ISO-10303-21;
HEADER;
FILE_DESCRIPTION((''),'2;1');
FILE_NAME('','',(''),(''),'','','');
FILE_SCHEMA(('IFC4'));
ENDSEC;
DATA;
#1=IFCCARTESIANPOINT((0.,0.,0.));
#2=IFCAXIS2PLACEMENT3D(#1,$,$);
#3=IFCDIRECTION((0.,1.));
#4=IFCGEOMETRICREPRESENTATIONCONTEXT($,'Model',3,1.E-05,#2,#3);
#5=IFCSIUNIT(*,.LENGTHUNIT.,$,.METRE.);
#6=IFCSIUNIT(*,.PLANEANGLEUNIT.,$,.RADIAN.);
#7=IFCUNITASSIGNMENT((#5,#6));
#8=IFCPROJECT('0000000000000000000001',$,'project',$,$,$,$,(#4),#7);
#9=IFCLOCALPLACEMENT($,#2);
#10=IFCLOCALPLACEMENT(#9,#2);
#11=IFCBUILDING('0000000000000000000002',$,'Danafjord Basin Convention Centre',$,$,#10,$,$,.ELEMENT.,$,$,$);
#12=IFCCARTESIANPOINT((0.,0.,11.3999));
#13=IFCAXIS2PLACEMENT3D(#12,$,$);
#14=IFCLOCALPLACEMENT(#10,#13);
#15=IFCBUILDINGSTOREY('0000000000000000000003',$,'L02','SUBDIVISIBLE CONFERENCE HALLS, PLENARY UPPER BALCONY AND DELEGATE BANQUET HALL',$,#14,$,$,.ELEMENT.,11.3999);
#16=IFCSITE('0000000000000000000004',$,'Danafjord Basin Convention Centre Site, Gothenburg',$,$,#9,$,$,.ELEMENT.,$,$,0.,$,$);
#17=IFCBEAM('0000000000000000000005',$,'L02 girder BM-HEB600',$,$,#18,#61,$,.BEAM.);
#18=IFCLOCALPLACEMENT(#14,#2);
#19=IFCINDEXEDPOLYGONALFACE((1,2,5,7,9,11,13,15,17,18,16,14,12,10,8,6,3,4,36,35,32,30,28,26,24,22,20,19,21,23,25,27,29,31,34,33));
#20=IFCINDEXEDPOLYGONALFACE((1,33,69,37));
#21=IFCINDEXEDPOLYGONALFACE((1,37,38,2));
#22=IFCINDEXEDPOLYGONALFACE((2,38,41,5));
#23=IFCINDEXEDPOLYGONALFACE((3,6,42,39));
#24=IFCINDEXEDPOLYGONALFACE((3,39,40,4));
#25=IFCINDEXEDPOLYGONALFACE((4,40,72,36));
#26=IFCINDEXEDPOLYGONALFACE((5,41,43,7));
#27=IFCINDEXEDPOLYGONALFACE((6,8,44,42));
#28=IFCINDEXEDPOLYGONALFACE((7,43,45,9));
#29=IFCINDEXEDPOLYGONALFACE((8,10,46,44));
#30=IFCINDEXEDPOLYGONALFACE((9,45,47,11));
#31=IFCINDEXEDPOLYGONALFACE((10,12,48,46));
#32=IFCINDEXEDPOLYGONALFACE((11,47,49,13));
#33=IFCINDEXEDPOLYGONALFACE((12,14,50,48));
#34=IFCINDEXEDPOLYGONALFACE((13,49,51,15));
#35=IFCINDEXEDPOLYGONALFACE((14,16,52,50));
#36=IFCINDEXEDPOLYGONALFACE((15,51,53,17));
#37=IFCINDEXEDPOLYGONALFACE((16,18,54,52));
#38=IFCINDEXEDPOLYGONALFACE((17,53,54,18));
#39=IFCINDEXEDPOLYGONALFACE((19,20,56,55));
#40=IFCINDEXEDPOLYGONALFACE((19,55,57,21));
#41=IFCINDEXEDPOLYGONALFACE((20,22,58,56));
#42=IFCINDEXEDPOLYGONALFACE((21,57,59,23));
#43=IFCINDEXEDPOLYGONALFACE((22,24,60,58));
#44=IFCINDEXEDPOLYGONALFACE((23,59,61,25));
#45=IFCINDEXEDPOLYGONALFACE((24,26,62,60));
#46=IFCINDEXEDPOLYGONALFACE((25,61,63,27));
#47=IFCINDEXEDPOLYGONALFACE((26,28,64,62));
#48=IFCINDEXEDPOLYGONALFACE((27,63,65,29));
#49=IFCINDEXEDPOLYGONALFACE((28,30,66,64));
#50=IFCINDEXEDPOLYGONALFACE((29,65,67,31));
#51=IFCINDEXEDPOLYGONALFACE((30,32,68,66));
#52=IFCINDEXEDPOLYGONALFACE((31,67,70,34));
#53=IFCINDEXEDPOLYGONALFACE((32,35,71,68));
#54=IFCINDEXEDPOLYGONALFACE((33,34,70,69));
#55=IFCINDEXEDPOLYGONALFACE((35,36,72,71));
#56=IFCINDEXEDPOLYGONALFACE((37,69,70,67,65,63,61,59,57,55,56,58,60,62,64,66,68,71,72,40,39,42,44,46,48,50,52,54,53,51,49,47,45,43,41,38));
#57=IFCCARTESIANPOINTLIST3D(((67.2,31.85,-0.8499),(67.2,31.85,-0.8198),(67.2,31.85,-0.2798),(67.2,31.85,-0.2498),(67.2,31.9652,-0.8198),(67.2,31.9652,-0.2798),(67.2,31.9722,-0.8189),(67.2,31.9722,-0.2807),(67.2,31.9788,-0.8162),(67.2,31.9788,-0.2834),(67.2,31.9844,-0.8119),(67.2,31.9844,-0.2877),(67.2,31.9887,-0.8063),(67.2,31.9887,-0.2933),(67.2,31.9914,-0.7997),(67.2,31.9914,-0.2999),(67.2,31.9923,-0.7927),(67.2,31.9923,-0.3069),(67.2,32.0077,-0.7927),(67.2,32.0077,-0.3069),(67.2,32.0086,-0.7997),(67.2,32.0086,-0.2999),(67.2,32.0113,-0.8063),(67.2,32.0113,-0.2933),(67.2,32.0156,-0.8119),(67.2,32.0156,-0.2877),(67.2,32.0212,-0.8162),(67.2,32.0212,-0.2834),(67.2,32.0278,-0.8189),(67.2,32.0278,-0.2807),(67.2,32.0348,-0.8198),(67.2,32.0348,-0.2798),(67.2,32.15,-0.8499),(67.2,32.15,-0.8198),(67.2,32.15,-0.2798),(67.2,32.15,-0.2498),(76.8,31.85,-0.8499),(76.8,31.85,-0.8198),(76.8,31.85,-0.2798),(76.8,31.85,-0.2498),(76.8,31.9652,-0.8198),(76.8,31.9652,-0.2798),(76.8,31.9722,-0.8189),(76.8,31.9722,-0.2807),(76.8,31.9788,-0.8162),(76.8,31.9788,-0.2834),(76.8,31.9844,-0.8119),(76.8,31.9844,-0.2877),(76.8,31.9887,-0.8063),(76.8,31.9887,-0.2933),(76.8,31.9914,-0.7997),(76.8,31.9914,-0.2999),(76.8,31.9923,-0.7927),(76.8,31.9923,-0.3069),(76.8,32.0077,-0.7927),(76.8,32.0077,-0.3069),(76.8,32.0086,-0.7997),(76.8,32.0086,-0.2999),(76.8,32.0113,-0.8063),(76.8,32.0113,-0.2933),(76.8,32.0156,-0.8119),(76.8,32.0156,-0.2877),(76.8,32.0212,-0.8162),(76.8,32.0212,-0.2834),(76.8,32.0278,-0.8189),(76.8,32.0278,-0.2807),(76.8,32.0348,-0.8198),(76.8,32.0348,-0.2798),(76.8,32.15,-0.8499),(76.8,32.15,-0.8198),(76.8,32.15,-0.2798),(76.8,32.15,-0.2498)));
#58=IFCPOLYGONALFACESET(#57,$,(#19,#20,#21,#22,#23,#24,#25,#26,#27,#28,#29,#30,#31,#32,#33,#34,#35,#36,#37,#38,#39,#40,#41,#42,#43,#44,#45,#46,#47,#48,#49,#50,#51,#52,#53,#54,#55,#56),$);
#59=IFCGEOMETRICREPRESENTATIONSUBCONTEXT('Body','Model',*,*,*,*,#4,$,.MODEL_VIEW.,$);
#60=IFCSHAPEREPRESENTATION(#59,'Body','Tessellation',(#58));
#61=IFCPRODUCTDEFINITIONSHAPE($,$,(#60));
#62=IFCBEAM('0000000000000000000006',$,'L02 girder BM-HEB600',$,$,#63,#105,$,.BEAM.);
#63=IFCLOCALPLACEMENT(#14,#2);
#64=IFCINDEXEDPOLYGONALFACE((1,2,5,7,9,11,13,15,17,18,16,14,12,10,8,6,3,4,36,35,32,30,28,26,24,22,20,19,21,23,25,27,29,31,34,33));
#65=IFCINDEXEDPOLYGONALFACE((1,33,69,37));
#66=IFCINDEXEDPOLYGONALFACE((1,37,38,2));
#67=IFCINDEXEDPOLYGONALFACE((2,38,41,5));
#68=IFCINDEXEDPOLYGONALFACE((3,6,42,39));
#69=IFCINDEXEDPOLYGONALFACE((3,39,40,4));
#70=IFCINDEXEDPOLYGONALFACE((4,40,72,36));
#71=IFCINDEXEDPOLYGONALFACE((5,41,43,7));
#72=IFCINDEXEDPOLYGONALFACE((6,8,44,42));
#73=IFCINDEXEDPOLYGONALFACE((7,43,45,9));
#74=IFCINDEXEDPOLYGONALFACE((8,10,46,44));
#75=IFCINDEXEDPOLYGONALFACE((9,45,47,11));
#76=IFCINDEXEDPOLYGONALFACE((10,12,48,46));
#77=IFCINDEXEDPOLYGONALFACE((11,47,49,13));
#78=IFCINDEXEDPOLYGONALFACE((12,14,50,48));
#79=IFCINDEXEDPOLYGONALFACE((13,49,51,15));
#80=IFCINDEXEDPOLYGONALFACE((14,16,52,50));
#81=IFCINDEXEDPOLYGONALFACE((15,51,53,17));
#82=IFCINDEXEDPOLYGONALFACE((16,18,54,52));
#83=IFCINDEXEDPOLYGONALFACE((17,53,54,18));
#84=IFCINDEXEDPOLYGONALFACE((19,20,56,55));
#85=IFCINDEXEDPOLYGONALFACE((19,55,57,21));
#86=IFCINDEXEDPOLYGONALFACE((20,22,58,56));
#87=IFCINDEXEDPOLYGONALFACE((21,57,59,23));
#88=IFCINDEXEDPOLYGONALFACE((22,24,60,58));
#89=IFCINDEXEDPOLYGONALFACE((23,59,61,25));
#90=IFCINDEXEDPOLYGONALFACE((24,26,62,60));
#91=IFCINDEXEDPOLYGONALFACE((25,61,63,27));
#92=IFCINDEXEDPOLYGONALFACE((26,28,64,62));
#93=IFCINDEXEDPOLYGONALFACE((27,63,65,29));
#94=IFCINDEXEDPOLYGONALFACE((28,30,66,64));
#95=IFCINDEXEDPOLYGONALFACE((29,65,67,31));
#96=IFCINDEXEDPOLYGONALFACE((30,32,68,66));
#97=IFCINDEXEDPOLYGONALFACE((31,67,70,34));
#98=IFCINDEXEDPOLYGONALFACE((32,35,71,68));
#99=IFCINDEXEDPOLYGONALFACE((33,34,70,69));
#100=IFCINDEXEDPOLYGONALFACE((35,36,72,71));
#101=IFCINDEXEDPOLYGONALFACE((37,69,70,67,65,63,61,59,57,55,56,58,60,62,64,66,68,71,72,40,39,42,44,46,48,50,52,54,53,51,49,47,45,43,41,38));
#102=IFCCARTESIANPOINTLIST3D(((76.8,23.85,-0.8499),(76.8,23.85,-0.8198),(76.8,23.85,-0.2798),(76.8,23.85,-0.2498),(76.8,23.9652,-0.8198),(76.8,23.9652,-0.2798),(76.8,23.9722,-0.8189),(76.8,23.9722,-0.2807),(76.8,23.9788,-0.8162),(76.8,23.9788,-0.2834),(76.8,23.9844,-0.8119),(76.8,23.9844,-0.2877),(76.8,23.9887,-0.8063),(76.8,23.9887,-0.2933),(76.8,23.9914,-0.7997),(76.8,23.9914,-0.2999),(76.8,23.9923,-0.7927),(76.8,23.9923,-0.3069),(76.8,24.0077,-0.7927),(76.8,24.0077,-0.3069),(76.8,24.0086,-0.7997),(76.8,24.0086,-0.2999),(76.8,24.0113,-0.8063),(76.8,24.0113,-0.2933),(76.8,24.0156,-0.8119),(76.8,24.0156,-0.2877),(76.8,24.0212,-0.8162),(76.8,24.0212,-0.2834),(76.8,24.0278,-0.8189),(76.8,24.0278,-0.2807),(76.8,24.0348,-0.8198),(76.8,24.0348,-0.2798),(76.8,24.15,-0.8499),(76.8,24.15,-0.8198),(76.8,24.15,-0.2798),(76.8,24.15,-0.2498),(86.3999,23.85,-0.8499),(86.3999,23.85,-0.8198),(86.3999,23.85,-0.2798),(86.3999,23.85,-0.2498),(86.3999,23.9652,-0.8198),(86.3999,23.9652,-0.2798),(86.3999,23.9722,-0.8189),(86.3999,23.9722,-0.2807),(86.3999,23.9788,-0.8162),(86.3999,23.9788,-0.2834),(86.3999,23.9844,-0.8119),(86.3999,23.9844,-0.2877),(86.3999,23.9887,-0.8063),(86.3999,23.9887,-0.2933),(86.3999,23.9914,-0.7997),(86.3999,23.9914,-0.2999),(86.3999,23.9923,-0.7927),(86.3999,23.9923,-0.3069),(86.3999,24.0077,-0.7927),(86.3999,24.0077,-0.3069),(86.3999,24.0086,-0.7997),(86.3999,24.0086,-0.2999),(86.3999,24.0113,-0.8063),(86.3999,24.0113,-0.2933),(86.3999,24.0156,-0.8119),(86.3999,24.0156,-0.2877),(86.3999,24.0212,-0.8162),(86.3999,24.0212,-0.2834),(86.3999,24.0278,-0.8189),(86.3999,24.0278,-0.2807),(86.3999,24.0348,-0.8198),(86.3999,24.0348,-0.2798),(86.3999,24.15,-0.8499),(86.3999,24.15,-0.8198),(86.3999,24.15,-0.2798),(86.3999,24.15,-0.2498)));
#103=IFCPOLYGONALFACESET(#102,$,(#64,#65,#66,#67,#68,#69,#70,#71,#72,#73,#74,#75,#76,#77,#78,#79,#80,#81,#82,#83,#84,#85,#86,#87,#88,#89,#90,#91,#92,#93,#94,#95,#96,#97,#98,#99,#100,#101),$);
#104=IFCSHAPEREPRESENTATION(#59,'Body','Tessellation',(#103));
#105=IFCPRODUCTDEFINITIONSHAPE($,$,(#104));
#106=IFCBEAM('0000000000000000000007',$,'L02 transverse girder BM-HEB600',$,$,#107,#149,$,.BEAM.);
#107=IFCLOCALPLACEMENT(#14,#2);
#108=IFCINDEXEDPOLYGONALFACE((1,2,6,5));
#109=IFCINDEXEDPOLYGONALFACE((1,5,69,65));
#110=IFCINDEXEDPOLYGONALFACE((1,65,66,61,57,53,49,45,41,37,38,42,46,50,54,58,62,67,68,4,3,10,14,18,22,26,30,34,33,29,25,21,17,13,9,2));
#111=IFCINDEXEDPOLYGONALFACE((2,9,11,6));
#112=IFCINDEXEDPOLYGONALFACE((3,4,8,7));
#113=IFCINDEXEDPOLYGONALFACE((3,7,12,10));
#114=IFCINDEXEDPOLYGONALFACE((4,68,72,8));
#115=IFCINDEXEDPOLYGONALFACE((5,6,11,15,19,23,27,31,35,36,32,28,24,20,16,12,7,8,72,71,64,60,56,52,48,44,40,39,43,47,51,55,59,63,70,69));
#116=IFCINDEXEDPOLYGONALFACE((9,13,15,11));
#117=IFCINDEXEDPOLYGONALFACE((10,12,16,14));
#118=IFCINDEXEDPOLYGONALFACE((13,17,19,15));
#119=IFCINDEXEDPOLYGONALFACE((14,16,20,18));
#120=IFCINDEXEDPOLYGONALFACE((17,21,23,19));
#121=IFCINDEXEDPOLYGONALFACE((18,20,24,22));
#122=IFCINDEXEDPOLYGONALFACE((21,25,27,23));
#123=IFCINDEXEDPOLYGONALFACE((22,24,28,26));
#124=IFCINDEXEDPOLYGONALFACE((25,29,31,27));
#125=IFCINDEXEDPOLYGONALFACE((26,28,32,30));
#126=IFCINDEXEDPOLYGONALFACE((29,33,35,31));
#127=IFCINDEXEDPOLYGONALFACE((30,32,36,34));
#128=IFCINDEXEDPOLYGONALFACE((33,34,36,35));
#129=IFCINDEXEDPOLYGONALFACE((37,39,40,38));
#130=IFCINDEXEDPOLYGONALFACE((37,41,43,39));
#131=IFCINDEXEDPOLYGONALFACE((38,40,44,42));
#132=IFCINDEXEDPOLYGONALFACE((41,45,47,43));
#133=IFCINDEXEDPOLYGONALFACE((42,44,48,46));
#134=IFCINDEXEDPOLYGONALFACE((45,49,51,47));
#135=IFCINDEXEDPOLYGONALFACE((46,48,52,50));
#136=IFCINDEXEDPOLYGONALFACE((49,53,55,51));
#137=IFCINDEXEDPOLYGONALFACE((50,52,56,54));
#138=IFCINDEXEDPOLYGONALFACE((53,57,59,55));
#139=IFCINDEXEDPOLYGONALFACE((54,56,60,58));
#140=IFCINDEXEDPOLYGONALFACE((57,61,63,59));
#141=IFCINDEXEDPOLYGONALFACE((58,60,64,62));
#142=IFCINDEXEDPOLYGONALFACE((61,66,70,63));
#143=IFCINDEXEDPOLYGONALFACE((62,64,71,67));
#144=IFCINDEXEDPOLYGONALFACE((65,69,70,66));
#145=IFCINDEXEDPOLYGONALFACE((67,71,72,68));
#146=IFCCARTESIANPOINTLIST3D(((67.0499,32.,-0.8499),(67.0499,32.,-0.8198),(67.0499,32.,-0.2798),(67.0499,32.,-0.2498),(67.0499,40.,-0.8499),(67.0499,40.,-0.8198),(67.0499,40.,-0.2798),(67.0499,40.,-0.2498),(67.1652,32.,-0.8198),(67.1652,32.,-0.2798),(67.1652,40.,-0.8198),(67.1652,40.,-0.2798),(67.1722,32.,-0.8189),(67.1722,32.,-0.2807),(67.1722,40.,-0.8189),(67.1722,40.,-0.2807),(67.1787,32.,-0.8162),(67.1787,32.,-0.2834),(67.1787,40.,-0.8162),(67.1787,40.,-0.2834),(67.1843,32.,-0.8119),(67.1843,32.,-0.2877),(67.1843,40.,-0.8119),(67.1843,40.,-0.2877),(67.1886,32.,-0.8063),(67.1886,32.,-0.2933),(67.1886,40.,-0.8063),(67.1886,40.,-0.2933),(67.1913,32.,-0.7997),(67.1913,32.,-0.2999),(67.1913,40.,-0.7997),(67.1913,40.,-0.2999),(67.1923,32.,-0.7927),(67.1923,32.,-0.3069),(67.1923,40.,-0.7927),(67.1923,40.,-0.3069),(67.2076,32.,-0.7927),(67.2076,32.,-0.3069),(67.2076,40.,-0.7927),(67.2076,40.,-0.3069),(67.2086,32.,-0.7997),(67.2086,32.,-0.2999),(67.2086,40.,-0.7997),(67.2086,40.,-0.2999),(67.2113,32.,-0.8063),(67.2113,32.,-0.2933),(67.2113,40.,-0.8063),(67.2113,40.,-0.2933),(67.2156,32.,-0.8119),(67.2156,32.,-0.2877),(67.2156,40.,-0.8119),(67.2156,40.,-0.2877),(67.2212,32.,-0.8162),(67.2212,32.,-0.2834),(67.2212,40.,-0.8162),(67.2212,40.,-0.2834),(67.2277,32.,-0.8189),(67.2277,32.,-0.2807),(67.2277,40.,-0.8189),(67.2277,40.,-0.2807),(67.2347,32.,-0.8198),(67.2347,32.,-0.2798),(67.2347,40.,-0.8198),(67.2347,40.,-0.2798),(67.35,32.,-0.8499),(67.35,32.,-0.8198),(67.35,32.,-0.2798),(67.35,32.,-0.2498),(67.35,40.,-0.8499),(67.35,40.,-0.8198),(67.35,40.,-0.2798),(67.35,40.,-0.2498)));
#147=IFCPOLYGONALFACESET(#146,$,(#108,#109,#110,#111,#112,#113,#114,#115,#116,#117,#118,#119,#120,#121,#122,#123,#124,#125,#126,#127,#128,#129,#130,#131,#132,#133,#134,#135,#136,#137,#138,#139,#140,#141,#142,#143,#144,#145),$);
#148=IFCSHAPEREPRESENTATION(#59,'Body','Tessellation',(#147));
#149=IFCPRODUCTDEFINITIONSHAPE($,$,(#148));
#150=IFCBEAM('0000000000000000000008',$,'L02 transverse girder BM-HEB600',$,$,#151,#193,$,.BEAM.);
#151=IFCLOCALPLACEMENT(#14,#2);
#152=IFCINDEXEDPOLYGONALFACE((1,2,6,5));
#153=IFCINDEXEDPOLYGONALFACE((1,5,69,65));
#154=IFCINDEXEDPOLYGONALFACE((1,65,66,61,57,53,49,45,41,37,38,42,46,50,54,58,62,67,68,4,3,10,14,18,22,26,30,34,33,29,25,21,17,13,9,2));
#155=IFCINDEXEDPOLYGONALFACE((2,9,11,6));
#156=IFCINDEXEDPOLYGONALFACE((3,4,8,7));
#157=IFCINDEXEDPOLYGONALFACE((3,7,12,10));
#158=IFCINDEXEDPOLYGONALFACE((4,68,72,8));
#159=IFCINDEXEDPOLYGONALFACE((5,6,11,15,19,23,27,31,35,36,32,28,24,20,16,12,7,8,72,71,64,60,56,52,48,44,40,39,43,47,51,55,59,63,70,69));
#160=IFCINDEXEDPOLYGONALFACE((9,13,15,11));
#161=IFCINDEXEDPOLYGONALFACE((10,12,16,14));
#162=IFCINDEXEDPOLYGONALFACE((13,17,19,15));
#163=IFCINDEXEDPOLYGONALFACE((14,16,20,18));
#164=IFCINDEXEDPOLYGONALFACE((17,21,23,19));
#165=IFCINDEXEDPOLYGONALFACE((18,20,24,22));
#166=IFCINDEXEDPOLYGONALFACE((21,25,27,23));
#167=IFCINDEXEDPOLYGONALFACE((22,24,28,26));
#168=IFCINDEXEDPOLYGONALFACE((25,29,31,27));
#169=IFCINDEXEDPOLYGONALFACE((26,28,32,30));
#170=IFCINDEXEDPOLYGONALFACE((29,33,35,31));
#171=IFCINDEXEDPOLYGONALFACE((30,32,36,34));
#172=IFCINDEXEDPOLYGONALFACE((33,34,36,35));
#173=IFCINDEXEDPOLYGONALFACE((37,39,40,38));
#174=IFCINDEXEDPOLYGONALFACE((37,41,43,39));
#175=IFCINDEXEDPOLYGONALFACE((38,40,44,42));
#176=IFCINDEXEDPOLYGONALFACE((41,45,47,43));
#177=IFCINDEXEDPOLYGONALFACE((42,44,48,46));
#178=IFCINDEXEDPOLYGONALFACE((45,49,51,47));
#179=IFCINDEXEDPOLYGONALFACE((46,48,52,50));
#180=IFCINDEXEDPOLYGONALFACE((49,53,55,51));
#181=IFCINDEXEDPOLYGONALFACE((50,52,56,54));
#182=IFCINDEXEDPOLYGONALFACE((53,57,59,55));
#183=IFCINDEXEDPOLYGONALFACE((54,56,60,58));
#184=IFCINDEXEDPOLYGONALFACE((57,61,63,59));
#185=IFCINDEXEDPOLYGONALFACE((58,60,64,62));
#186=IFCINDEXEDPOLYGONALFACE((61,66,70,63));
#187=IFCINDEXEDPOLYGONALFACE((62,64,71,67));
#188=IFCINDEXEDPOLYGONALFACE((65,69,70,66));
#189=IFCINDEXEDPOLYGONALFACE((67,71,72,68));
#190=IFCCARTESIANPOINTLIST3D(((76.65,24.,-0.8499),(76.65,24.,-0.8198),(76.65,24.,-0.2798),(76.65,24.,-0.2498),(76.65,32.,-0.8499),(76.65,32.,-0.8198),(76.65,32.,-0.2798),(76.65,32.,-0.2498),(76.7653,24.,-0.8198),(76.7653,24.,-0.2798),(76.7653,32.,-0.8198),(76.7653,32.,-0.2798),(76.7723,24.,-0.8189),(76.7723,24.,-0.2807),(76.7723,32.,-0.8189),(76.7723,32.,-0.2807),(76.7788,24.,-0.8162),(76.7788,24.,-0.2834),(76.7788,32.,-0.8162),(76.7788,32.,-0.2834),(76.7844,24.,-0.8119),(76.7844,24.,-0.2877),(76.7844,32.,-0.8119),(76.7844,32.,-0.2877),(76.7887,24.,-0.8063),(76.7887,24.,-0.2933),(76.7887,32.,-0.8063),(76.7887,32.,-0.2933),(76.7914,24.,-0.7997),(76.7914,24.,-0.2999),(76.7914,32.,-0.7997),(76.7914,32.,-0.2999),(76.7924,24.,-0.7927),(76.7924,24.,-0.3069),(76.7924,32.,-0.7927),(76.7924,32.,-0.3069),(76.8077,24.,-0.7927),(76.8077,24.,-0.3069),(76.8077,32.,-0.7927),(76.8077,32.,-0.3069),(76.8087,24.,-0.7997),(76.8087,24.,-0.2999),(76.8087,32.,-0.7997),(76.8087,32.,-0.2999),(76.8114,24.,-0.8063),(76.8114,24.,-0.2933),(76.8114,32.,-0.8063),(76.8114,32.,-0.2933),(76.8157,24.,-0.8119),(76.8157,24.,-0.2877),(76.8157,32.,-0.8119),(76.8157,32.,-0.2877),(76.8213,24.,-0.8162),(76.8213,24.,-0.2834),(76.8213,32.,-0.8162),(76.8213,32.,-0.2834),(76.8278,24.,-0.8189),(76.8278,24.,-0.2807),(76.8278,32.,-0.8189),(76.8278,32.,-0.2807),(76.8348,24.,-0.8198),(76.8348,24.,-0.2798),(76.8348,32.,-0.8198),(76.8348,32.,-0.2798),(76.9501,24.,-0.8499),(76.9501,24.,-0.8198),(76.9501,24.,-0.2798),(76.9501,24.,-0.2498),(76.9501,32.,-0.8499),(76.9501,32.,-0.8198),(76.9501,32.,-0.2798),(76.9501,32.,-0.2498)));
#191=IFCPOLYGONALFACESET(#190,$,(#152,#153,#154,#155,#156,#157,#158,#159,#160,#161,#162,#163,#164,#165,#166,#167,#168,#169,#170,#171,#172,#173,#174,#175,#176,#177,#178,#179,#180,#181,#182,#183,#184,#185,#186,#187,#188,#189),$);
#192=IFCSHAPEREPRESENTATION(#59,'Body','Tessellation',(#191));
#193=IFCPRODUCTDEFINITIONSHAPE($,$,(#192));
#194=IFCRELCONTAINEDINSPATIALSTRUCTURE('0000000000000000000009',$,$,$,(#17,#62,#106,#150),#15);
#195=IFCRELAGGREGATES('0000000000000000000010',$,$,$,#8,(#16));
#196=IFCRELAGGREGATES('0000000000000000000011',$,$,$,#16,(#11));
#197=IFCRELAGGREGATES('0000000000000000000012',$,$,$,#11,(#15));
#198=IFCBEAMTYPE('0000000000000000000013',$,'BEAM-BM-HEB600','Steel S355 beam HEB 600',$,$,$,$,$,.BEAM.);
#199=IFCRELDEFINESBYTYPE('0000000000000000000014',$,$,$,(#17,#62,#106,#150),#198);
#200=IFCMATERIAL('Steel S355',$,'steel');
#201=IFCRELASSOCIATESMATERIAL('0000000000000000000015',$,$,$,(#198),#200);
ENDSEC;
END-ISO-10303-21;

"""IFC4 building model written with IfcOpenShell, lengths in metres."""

from ifc_helpers import new_model, si_unit, direction, frame, origin, origin_2d, place, context, subcontext, project, spatial, i_section, extrude, material, material_profile, profile_set, type_object, element, save


model = new_model("IFC4")

# Units and contexts
model_context = context("Model", 3, precision=1e-05, world=origin(), true_north=direction((0.0, 1.0)))
body_context = subcontext(model_context, "Body", "Model", "MODEL_VIEW")
ifc_project = project(units=[si_unit("LENGTHUNIT", "METRE"), si_unit("PLANEANGLEUNIT", "RADIAN")], contexts=[model_context])

# Site, building, storey
site_placement = place(None, origin())
site = spatial("IfcSite", under=ifc_project, at=site_placement, Name="Danafjord Basin Convention Centre Site, Gothenburg", CompositionType="ELEMENT", RefElevation=0.0)
building_placement = place(site_placement, origin())
building = spatial("IfcBuilding", under=site, at=building_placement, Name="Danafjord Basin Convention Centre", CompositionType="ELEMENT")
storey_placement = place(building_placement, frame((0.0, 0.0, 11.3999)))
storey = spatial("IfcBuildingStorey", under=building, at=storey_placement, Name="L02", Description="SUBDIVISIBLE CONFERENCE HALLS, PLENARY UPPER BALCONY AND DELEGATE BANQUET HALL", CompositionType="ELEMENT", Elevation=11.3999)

# Shared definitions
ifc_material_1 = material(Name="Steel S355", Category="steel")

# Beams
ifc_material_profile_1 = material_profile(ifc_material_1, i_section(OverallWidth=0.3, OverallDepth=0.6001, WebThickness=0.0154, FlangeThickness=0.03, FilletRadius=0.0271, at=origin_2d()), Name="HEB 600")
ifc_profile_set_1 = profile_set([ifc_material_profile_1], Name="Steel S355")
beam_type_1 = type_object("IfcBeamType", Name="BEAM-BM-HEB600", Description="Steel S355 beam HEB 600", PredefinedType="BEAM", material=ifc_profile_set_1)
beam_1_placement = place(storey_placement, frame((67.2, 32.0, -0.5498), z_axis=(1.0, 0.0, 0.0), x_axis=(0.0, 1.0, 0.0)))
element("IfcBeam", 1, at=beam_1_placement, inside=storey, type_object=beam_type_1, Name="L02 girder BM-HEB600", PredefinedType="BEAM", context=body_context, shape_type="SweptSolid", body=[
    extrude(i_section(OverallWidth=0.3, OverallDepth=0.6001, WebThickness=0.0154, FlangeThickness=0.03, FilletRadius=0.0271, at=origin_2d()), origin(), (0.0, 0.0, 1.0), 9.6001),
])
beam_2_placement = place(storey_placement, frame((76.8, 24.0, -0.5498), z_axis=(1.0, 0.0, 0.0), x_axis=(0.0, 1.0, 0.0)))
element("IfcBeam", 2, at=beam_2_placement, inside=storey, type_object=beam_type_1, Name="L02 girder BM-HEB600", PredefinedType="BEAM", context=body_context, shape_type="SweptSolid", body=[
    extrude(i_section(OverallWidth=0.3, OverallDepth=0.6001, WebThickness=0.0154, FlangeThickness=0.03, FilletRadius=0.0271, at=origin_2d()), origin(), (0.0, 0.0, 1.0), 9.5999),
])
for number, where, z_axis, x_axis, name in (
    (3, (67.2, 32.0, -0.5498), (0.0, 1.0, 0.0), (-1.0, 0.0, 0.0), "L02 transverse girder BM-HEB600"),
    (4, (76.8, 24.0, -0.5498), (0.0, 1.0, 0.0), (-1.0, 0.0, 0.0), "L02 transverse girder BM-HEB600"),
):
    element("IfcBeam", number, at=place(storey_placement, frame(where, z_axis=z_axis, x_axis=x_axis)), inside=storey, type_object=beam_type_1, Name=name, PredefinedType="BEAM", context=body_context, shape_type="SweptSolid", body=[
        extrude(i_section(OverallWidth=0.3, OverallDepth=0.6001, WebThickness=0.0154, FlangeThickness=0.03, FilletRadius=0.0271, at=origin_2d()), origin(), (0.0, 0.0, 1.0), 8.0),
    ])

save(model, "model.ifc")
